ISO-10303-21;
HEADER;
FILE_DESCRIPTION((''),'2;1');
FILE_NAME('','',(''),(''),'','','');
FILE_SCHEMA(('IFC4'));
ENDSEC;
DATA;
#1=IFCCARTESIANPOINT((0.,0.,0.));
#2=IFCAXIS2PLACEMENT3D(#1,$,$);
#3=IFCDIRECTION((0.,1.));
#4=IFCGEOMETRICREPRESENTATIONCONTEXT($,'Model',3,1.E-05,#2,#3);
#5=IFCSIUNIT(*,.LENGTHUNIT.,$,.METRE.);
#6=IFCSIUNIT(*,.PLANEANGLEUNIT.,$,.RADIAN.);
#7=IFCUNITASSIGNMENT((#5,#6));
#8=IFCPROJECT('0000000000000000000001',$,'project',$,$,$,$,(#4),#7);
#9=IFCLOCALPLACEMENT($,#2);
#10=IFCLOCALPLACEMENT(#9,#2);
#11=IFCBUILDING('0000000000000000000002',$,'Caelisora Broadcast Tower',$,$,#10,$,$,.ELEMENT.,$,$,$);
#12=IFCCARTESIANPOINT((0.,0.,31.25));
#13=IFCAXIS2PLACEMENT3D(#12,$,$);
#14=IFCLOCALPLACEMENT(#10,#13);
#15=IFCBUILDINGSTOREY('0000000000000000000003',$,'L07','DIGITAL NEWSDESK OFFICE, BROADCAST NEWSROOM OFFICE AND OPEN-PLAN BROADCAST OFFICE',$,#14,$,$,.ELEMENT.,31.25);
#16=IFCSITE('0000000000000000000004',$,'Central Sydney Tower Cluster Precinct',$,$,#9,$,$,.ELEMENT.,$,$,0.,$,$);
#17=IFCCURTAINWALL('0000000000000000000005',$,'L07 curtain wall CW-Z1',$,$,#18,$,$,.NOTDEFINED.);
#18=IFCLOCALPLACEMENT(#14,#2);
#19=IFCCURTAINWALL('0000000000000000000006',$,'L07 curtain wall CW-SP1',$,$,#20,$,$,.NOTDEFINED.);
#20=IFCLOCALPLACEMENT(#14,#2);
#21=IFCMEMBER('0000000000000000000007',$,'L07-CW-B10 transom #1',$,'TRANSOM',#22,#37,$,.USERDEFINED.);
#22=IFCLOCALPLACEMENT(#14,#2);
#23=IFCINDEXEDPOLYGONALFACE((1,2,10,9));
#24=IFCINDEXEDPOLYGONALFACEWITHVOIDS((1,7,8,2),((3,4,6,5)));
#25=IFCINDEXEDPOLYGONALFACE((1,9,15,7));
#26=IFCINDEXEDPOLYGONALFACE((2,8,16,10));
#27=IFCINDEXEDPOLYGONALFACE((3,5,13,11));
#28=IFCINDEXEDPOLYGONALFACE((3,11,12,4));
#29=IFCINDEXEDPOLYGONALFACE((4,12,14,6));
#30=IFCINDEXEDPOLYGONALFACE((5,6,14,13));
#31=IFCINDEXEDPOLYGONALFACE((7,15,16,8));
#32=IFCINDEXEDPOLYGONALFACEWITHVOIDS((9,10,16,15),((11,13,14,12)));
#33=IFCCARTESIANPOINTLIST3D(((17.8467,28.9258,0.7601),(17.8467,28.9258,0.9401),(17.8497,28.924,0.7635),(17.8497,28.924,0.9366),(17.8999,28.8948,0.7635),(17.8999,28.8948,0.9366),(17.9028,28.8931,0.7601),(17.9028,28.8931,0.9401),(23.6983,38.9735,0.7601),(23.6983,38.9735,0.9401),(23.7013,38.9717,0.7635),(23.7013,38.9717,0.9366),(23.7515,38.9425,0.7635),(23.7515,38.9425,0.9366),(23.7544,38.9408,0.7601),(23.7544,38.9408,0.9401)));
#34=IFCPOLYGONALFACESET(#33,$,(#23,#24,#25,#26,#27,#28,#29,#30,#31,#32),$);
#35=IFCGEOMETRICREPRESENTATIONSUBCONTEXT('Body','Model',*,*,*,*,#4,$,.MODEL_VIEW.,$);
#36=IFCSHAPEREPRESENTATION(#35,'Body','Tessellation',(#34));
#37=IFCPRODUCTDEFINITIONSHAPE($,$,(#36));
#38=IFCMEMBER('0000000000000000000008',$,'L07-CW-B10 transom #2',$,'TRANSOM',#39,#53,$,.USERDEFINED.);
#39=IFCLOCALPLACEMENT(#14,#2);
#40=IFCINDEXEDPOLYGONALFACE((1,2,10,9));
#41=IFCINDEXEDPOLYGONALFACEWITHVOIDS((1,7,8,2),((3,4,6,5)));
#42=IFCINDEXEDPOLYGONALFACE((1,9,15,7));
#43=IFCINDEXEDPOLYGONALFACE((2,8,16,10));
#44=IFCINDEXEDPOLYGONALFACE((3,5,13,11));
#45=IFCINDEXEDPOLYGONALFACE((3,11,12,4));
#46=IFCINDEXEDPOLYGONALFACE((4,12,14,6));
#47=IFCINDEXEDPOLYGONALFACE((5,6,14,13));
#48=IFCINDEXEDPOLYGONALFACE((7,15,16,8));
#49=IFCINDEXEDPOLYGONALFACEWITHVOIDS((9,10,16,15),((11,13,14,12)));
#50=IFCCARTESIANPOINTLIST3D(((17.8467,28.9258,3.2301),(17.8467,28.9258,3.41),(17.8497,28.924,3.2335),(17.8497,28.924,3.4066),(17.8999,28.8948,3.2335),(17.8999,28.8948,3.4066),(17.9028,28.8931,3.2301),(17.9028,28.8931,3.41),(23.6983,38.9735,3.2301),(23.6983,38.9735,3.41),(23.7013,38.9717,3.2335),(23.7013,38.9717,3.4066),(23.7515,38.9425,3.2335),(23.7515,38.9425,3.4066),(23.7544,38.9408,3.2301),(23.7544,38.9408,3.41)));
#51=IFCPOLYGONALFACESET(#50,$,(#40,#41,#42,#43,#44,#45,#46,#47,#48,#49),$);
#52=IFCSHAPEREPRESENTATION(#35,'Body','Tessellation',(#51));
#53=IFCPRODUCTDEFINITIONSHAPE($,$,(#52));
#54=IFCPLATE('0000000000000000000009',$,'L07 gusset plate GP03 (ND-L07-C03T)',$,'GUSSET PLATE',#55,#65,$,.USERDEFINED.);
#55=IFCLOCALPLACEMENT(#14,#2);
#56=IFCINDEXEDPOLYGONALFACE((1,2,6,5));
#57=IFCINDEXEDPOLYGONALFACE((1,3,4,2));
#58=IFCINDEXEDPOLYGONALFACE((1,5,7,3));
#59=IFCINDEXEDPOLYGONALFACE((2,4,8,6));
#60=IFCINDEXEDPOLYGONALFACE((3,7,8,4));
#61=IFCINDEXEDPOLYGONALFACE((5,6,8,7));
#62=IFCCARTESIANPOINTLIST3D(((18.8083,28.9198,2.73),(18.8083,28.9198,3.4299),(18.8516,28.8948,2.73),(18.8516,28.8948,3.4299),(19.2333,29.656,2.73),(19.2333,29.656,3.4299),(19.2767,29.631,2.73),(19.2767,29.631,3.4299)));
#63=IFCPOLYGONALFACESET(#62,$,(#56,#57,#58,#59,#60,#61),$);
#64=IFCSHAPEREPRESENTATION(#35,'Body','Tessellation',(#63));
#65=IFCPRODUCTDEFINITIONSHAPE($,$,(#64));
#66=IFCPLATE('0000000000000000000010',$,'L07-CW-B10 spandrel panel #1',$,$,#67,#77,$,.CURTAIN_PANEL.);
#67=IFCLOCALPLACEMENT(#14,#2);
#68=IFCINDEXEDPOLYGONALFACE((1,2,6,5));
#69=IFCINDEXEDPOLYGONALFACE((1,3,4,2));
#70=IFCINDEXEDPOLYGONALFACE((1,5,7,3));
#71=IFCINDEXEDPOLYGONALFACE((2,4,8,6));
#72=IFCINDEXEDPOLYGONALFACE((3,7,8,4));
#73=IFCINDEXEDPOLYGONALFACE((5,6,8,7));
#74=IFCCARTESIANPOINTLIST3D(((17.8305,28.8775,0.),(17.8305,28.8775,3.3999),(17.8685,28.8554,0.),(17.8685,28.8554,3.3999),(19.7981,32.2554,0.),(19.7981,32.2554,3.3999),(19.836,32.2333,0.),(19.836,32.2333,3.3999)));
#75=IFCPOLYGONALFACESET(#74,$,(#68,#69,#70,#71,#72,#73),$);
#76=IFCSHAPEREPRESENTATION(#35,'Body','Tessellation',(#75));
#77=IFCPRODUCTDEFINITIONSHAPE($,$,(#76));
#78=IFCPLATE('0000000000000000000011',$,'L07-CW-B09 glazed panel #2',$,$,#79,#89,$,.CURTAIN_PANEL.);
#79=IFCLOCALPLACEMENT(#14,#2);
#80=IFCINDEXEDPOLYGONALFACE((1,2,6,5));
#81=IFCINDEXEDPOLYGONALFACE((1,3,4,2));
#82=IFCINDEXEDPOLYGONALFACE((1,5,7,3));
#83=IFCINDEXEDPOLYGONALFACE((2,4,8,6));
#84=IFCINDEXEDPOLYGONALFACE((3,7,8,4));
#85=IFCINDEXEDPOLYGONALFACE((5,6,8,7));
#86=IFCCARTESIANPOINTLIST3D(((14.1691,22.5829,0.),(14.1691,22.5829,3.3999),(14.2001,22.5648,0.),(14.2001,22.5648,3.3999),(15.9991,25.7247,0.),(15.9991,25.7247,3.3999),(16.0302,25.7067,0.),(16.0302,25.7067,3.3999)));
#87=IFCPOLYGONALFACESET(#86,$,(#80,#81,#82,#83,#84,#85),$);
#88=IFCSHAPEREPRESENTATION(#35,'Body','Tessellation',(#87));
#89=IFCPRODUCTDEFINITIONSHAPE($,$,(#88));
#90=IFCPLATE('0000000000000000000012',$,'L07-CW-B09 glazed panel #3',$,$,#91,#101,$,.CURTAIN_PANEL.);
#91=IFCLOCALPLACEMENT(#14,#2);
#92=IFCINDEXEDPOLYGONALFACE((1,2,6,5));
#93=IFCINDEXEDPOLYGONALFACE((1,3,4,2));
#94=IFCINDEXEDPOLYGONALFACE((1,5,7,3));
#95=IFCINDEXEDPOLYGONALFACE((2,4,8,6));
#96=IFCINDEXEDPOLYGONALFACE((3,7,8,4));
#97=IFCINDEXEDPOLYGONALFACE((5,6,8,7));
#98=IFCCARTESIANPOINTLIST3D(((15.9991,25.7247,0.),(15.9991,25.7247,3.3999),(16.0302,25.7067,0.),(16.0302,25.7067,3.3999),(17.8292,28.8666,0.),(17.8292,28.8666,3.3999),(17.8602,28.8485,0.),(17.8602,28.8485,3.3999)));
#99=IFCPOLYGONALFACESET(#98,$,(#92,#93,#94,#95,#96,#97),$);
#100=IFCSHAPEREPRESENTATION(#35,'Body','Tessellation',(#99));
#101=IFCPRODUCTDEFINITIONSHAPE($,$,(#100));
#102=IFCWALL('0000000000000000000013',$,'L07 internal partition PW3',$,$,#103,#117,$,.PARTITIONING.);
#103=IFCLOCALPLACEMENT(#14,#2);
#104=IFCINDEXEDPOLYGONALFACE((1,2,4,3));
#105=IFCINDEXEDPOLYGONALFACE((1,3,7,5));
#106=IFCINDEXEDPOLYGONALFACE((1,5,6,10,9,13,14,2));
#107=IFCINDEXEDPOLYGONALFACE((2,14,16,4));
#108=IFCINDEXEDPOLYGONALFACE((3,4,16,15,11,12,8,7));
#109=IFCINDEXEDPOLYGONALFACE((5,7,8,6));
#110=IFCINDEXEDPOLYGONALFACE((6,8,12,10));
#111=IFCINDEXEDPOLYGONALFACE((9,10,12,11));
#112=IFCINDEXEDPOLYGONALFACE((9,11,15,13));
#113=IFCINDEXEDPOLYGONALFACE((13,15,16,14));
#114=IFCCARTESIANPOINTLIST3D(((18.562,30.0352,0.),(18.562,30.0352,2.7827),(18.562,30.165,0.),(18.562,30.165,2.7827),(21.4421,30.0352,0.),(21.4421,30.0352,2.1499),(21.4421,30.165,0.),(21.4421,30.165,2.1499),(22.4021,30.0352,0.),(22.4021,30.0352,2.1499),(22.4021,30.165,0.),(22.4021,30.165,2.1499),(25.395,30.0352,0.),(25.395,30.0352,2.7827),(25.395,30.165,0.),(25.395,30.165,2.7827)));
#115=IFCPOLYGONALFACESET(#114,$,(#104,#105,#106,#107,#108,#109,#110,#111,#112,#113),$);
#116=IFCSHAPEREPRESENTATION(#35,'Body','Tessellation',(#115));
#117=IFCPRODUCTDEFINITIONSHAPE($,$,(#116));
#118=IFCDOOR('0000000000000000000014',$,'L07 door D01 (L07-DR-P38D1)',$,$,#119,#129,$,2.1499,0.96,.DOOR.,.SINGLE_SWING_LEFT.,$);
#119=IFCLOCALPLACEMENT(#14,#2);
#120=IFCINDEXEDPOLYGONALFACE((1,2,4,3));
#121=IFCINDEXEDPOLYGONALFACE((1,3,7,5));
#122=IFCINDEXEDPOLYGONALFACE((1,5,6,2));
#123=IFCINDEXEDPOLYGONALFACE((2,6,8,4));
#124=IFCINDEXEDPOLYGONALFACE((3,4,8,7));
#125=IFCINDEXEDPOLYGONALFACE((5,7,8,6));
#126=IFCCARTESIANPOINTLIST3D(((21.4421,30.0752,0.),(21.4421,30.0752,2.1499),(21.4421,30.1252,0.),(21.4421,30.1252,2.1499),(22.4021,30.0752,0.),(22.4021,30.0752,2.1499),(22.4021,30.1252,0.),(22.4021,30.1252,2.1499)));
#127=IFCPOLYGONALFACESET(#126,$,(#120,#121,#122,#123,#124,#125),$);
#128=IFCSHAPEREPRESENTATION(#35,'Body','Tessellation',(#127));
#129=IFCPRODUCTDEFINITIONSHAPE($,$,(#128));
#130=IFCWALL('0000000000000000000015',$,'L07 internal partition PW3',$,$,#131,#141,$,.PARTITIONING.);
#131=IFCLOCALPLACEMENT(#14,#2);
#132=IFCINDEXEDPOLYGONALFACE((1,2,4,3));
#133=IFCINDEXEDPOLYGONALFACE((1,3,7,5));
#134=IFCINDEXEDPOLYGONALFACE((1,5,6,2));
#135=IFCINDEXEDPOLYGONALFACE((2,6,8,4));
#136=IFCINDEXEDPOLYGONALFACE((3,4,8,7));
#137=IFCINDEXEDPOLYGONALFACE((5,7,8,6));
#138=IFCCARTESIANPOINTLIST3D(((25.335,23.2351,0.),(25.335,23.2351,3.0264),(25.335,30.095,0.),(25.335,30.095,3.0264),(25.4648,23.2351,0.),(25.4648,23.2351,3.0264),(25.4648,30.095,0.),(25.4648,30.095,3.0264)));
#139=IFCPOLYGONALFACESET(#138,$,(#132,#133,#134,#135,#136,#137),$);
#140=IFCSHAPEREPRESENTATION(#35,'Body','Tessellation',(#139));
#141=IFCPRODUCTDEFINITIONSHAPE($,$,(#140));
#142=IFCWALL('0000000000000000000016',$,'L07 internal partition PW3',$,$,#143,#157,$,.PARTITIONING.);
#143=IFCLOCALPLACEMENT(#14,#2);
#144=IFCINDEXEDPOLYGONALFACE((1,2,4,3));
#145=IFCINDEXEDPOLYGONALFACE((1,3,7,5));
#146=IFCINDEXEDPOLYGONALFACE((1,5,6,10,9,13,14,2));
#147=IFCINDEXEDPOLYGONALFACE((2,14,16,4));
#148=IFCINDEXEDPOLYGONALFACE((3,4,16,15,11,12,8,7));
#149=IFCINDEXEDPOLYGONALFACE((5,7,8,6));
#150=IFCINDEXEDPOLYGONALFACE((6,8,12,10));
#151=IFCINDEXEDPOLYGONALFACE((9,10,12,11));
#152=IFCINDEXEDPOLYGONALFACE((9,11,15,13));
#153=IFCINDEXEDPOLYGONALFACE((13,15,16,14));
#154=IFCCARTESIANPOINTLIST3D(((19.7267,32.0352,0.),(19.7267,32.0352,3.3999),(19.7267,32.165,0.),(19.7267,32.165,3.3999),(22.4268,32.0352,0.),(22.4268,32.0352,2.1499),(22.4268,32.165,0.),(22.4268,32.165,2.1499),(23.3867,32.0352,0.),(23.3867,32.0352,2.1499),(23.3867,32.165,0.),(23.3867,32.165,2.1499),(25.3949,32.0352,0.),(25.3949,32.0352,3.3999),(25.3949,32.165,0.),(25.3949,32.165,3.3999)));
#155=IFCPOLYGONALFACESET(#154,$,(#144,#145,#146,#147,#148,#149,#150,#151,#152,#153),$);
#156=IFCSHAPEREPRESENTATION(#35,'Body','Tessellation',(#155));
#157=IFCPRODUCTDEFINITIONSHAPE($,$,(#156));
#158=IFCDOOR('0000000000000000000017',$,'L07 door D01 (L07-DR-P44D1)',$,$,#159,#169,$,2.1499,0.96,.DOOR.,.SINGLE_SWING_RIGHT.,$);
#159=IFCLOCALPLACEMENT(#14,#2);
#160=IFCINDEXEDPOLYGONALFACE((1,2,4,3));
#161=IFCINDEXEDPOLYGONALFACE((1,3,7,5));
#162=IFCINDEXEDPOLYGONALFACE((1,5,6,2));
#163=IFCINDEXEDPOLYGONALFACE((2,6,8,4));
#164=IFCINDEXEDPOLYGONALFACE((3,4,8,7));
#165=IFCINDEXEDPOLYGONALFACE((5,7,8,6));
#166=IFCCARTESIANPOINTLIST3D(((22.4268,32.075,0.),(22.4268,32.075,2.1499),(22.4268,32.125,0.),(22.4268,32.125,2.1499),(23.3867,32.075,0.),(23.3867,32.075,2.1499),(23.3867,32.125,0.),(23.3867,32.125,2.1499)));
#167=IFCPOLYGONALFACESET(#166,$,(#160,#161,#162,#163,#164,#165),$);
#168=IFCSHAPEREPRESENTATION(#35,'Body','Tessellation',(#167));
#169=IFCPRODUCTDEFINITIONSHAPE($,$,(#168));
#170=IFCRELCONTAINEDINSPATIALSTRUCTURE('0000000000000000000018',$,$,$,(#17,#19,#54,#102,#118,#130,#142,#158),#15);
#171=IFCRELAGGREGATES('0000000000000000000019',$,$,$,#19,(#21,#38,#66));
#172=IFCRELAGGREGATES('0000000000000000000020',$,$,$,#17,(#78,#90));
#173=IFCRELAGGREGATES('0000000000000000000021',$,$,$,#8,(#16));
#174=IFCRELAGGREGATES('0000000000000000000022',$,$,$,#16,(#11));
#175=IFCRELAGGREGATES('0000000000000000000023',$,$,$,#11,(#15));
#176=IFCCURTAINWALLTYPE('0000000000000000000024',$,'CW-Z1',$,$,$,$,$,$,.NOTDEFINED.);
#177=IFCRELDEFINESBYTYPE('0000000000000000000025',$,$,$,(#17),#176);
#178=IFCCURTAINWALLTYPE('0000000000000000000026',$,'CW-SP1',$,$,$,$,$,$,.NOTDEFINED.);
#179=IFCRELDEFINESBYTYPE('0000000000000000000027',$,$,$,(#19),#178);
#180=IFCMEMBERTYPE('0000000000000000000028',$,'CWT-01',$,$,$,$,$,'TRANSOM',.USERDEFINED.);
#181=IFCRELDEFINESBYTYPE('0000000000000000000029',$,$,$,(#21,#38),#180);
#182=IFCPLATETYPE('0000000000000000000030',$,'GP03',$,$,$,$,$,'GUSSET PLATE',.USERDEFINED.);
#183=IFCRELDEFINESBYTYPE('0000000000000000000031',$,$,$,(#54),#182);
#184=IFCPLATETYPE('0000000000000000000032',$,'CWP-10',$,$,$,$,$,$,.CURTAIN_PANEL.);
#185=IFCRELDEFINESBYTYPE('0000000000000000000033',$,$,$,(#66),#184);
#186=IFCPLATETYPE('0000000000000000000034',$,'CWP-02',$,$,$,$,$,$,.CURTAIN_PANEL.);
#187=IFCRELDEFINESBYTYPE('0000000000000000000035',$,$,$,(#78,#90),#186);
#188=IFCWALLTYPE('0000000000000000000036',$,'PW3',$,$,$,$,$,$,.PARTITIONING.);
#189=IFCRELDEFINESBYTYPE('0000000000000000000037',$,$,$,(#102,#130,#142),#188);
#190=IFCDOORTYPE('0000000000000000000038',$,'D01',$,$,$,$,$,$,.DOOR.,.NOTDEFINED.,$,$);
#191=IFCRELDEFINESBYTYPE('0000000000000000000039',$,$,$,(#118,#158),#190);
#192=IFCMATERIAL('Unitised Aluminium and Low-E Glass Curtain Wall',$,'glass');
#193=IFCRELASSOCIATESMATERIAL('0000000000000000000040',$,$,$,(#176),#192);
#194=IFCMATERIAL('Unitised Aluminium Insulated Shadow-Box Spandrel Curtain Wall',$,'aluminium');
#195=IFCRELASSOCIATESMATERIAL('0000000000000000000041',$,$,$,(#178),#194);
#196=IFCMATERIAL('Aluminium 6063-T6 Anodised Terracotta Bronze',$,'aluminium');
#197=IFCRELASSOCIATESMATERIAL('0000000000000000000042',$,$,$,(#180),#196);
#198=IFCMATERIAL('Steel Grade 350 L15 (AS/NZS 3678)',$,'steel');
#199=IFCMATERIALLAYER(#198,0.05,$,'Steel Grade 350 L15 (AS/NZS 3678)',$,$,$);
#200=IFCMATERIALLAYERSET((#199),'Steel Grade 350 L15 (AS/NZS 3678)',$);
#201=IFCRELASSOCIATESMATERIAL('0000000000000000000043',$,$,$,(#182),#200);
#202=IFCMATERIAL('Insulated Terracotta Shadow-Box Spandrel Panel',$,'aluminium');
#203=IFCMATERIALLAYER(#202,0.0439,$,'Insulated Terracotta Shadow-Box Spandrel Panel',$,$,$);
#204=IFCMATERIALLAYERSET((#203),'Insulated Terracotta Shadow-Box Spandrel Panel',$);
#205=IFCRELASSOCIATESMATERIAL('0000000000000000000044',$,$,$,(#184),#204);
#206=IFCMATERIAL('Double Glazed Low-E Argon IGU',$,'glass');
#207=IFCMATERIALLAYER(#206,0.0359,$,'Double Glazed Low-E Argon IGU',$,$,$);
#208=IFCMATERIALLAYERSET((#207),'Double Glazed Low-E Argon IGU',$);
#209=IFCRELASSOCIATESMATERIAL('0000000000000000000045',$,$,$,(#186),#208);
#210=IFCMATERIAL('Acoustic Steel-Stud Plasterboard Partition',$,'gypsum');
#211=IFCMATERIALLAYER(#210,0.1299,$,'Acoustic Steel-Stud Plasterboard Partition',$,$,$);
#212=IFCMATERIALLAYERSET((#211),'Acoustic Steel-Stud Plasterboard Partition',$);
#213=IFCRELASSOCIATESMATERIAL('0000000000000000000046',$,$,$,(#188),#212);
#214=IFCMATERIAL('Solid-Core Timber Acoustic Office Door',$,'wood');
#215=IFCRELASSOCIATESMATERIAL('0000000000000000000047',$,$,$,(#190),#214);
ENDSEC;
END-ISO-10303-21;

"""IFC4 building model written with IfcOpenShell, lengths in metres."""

from ifc_helpers import new_model, si_unit, direction, frame, frame_2d, origin, origin_2d, place, context, subcontext, project, spatial, rectangle, hollow_rectangle, extrude, source, transform, mapped, material, layer, layer_set, material_profile, profile_set, type_object, type_shapes, element, fill, aggregate, save


model = new_model("IFC4")

# Units and contexts
model_context = context("Model", 3, precision=1e-05, world=origin(), true_north=direction((0.0, 1.0)))
body_context = subcontext(model_context, "Body", "Model", "MODEL_VIEW")
ifc_project = project(units=[si_unit("LENGTHUNIT", "METRE"), si_unit("PLANEANGLEUNIT", "RADIAN")], contexts=[model_context])

# Site, building, storey
site_placement = place(None, origin())
site = spatial("IfcSite", under=ifc_project, at=site_placement, Name="Central Sydney Tower Cluster Precinct", CompositionType="ELEMENT", RefElevation=0.0)
building_placement = place(site_placement, origin())
building = spatial("IfcBuilding", under=site, at=building_placement, Name="Caelisora Broadcast Tower", CompositionType="ELEMENT")
storey_placement = place(building_placement, frame((0.0, 0.0, 31.25)))
storey = spatial("IfcBuildingStorey", under=building, at=storey_placement, Name="L07", Description="DIGITAL NEWSDESK OFFICE, BROADCAST NEWSROOM OFFICE AND OPEN-PLAN BROADCAST OFFICE", CompositionType="ELEMENT", Elevation=31.25)

# Shared definitions
ifc_material_1 = material(Name="Steel Grade 350 L15 (AS/NZS 3678)", Category="steel")

# Curtain walls, members
ifc_material_2 = material(Name="Unitised Aluminium and Low-E Glass Curtain Wall", Category="glass")
curtain_wall_type_1 = type_object("IfcCurtainWallType", Name="CW-Z1", PredefinedType="NOTDEFINED", material=ifc_material_2)
curtain_wall_1_placement = place(storey_placement, origin())
curtain_wall_1 = element("IfcCurtainWall", 1, at=curtain_wall_1_placement, inside=storey, type_object=curtain_wall_type_1, Name="L07 curtain wall CW-Z1", PredefinedType="NOTDEFINED")
ifc_material_3 = material(Name="Aluminium 6063-T6 Anodised Terracotta Bronze", Category="aluminium")
ifc_material_4 = material(Name="Unitised Aluminium Insulated Shadow-Box Spandrel Curtain Wall", Category="aluminium")
curtain_wall_type_2 = type_object("IfcCurtainWallType", Name="CW-SP1", PredefinedType="NOTDEFINED", material=ifc_material_4)
curtain_wall_2_placement = place(storey_placement, origin())
curtain_wall_2 = element("IfcCurtainWall", 2, at=curtain_wall_2_placement, inside=storey, type_object=curtain_wall_type_2, Name="L07 curtain wall CW-SP1", PredefinedType="NOTDEFINED")
ifc_material_profile_1 = material_profile(ifc_material_3, hollow_rectangle(XDim=0.0649, YDim=0.1799, WallThickness=0.0034, at=origin_2d()), Name="Aluminium 6063-T6 Anodised Terracotta Bronze")
ifc_profile_set_1 = profile_set([ifc_material_profile_1], Name="Aluminium 6063-T6 Anodised Terracotta Bronze")
member_type_1 = type_object("IfcMemberType", Name="CWT-01", ElementType="TRANSOM", PredefinedType="USERDEFINED", material=ifc_profile_set_1)
shared_shape_1 = source(origin(), body_context, "Body", "SweptSolid", [
    extrude(hollow_rectangle(XDim=0.0649, YDim=0.1799, WallThickness=0.0034, at=origin_2d()), origin(), (0.0, 0.0, 1.0), 11.6274),
])
type_shapes(member_type_1, [shared_shape_1])
member_1_placement = place(storey_placement, frame((17.8748, 28.9094, 0.8501), z_axis=(0.503259, 0.864136, 0.0), x_axis=(-0.864136, 0.503259, 0.0)))
member_1 = element("IfcMember", 3, at=member_1_placement, type_object=member_type_1, Name="L07-CW-B10 transom #1", ObjectType="TRANSOM", PredefinedType="USERDEFINED", context=body_context, shape_type="MappedRepresentation", body=[
    mapped(shared_shape_1, transform((0.0, 0.0, 0.0), scale=1.0)),
])
member_2_placement = place(storey_placement, frame((17.8748, 28.9094, 3.3201), z_axis=(0.503259, 0.864136, 0.0), x_axis=(-0.864136, 0.503259, 0.0)))
member_2 = element("IfcMember", 4, at=member_2_placement, type_object=member_type_1, Name="L07-CW-B10 transom #2", ObjectType="TRANSOM", PredefinedType="USERDEFINED", context=body_context, shape_type="MappedRepresentation", body=[
    mapped(shared_shape_1, transform((0.0, 0.0, 0.0), scale=1.0)),
])

# Plates
ifc_layer_1 = layer(ifc_material_1, 0.05, Name="Steel Grade 350 L15 (AS/NZS 3678)")
ifc_layer_set_1 = layer_set([ifc_layer_1], Name="Steel Grade 350 L15 (AS/NZS 3678)")
plate_type_1 = type_object("IfcPlateType", Name="GP03", ElementType="GUSSET PLATE", PredefinedType="USERDEFINED", material=ifc_layer_set_1)
shared_shape_2 = source(origin(), body_context, "Body", "SweptSolid", [
    extrude(rectangle(XDim=0.8501, YDim=0.05, at=origin_2d()), origin(), (0.0, 0.0, 1.0), 0.7),
])
type_shapes(plate_type_1, [shared_shape_2])
plate_1_placement = place(storey_placement, frame((19.0425, 29.2754, 2.73), z_axis=(0.0, 0.0, 1.0), x_axis=(-0.5, -0.866025, 0.0)))
element("IfcPlate", 5, at=plate_1_placement, inside=storey, type_object=plate_type_1, Name="L07 gusset plate GP03 (ND-L07-C03T)", ObjectType="GUSSET PLATE", PredefinedType="USERDEFINED", context=body_context, shape_type="MappedRepresentation", body=[
    mapped(shared_shape_2, transform((0.0, 0.0, 0.0), scale=1.0)),
])
ifc_material_5 = material(Name="Insulated Terracotta Shadow-Box Spandrel Panel", Category="aluminium")
ifc_layer_2 = layer(ifc_material_5, 0.0439, Name="Insulated Terracotta Shadow-Box Spandrel Panel")
ifc_layer_set_2 = layer_set([ifc_layer_2], Name="Insulated Terracotta Shadow-Box Spandrel Panel")
plate_type_2 = type_object("IfcPlateType", Name="CWP-10", PredefinedType="CURTAIN_PANEL", material=ifc_layer_set_2)
shared_shape_3 = source(origin(), body_context, "Body", "SweptSolid", [
    extrude(rectangle(XDim=3.9092, YDim=0.0439, at=origin_2d()), origin(), (0.0, 0.0, 1.0), 3.3999),
])
type_shapes(plate_type_2, [shared_shape_3])
plate_2_placement = place(storey_placement, frame((18.8333, 30.5554, 0.0), z_axis=(0.0, 0.0, 1.0), x_axis=(0.503322, 0.864099, 0.0)))
plate_2 = element("IfcPlate", 6, at=plate_2_placement, type_object=plate_type_2, Name="L07-CW-B10 spandrel panel #1", PredefinedType="CURTAIN_PANEL", context=body_context, shape_type="MappedRepresentation", body=[
    mapped(shared_shape_3, transform((0.0, 0.0, 0.0), scale=1.0)),
])
aggregate(curtain_wall_2, [member_1, member_2, plate_2])
ifc_material_6 = material(Name="Double Glazed Low-E Argon IGU", Category="glass")
ifc_layer_3 = layer(ifc_material_6, 0.0359, Name="Double Glazed Low-E Argon IGU")
ifc_layer_set_3 = layer_set([ifc_layer_3], Name="Double Glazed Low-E Argon IGU")
plate_type_3 = type_object("IfcPlateType", Name="CWP-02", PredefinedType="CURTAIN_PANEL", material=ifc_layer_set_3)
shared_shape_4 = source(origin(), body_context, "Body", "SweptSolid", [
    extrude(rectangle(XDim=3.636, YDim=0.0359, at=origin_2d()), origin(), (0.0, 0.0, 1.0), 3.3999),
])
type_shapes(plate_type_3, [shared_shape_4])
plate_3_placement = place(storey_placement, frame((15.0996, 24.1448, 0.0), z_axis=(0.0, 0.0, 1.0), x_axis=(0.503322, 0.864099, 0.0)))
plate_3 = element("IfcPlate", 7, at=plate_3_placement, type_object=plate_type_3, Name="L07-CW-B09 glazed panel #2", PredefinedType="CURTAIN_PANEL", context=body_context, shape_type="MappedRepresentation", body=[
    mapped(shared_shape_4, transform((0.0, 0.0, 0.0), scale=1.0)),
])
plate_4_placement = place(storey_placement, frame((16.9297, 27.2866, 0.0), z_axis=(0.0, 0.0, 1.0), x_axis=(0.503322, 0.864099, 0.0)))
plate_4 = element("IfcPlate", 8, at=plate_4_placement, type_object=plate_type_3, Name="L07-CW-B09 glazed panel #3", PredefinedType="CURTAIN_PANEL", context=body_context, shape_type="MappedRepresentation", body=[
    mapped(shared_shape_4, transform((0.0, 0.0, 0.0), scale=1.0)),
])
aggregate(curtain_wall_1, [plate_3, plate_4])

# Wall, opening, door
ifc_material_7 = material(Name="Acoustic Steel-Stud Plasterboard Partition", Category="gypsum")
ifc_layer_4 = layer(ifc_material_7, 0.1299, Name="Acoustic Steel-Stud Plasterboard Partition")
ifc_layer_set_4 = layer_set([ifc_layer_4], Name="Acoustic Steel-Stud Plasterboard Partition")
wall_type = type_object("IfcWallType", Name="PW3", PredefinedType="PARTITIONING", material=ifc_layer_set_4)
wall_1_placement = place(storey_placement, frame((25.395, 30.1001, 0.0), z_axis=(0.0, 0.0, 1.0), x_axis=(-1.0, 0.0, 0.0)))
wall_1 = element("IfcWall", 9, at=wall_1_placement, inside=storey, type_object=wall_type, Name="L07 internal partition PW3", PredefinedType="PARTITIONING", context=body_context, shape_type="SweptSolid", body=[
    extrude(rectangle(XDim=6.833, YDim=0.1299, at=frame_2d((3.4165, 0.0))), origin(), (0.0, 0.0, 1.0), 2.7827),
])
opening_1_placement = place(wall_1_placement, frame((2.9929, 0.0, 0.0)))
opening_1 = element("IfcOpeningElement", 10, at=opening_1_placement, cuts=wall_1, PredefinedType="OPENING", context=body_context, shape_type="SweptSolid", body=[
    extrude(rectangle(XDim=0.96, YDim=2.1499, at=frame_2d((0.48, 1.075))), frame((0.0, 0.0769, 0.0), z_axis=(0.0, -1.0, 0.0), x_axis=(1.0, 0.0, 0.0)), (0.0, 0.0, 1.0), 0.1538),
])
ifc_material_8 = material(Name="Solid-Core Timber Acoustic Office Door", Category="wood")
door_type = type_object("IfcDoorType", Name="D01", OperationType="NOTDEFINED", PredefinedType="DOOR", material=ifc_material_8)
door_1_placement = place(opening_1_placement, origin())
door_1 = element("IfcDoor", 11, at=door_1_placement, inside=storey, type_object=door_type, Name="L07 door D01 (L07-DR-P38D1)", OperationType="SINGLE_SWING_LEFT", OverallHeight=2.1499, OverallWidth=0.96, PredefinedType="DOOR", context=body_context, shape_type="SweptSolid", body=[
    extrude(rectangle(XDim=0.96, YDim=2.1499, at=frame_2d((0.48, 1.075))), frame((0.0, 0.0249, 0.0), z_axis=(0.0, -1.0, 0.0), x_axis=(1.0, 0.0, 0.0)), (0.0, 0.0, 1.0), 0.05),
])
fill(opening_1, door_1)

# Wall
wall_2_placement = place(storey_placement, frame((25.3999, 23.2351, 0.0), z_axis=(0.0, 0.0, 1.0), x_axis=(0.0, 1.0, 0.0)))
element("IfcWall", 12, at=wall_2_placement, inside=storey, type_object=wall_type, Name="L07 internal partition PW3", PredefinedType="PARTITIONING", context=body_context, shape_type="SweptSolid", body=[
    extrude(rectangle(XDim=6.8599, YDim=0.1299, at=frame_2d((3.4299, 0.0))), origin(), (0.0, 0.0, 1.0), 3.0264),
])

# Wall, opening, door
wall_3_placement = place(storey_placement, frame((19.7268, 32.1001, 0.0), z_axis=(0.0, 0.0, 1.0), x_axis=(1.0, 0.0, 0.0)))
wall_3 = element("IfcWall", 13, at=wall_3_placement, inside=storey, type_object=wall_type, Name="L07 internal partition PW3", PredefinedType="PARTITIONING", context=body_context, shape_type="SweptSolid", body=[
    extrude(rectangle(XDim=5.6682, YDim=0.1299, at=frame_2d((2.834, 0.0))), origin(), (0.0, 0.0, 1.0), 3.3999),
])
opening_2_placement = place(wall_3_placement, frame((2.7, 0.0, 0.0)))
opening_2 = element("IfcOpeningElement", 14, at=opening_2_placement, cuts=wall_3, PredefinedType="OPENING", context=body_context, shape_type="SweptSolid", body=[
    extrude(rectangle(XDim=0.96, YDim=2.1499, at=frame_2d((0.48, 1.075))), frame((0.0, 0.0769, 0.0), z_axis=(0.0, -1.0, 0.0), x_axis=(1.0, 0.0, 0.0)), (0.0, 0.0, 1.0), 0.1538),
])
door_2_placement = place(opening_2_placement, origin())
door_2 = element("IfcDoor", 15, at=door_2_placement, inside=storey, type_object=door_type, Name="L07 door D01 (L07-DR-P44D1)", OperationType="SINGLE_SWING_RIGHT", OverallHeight=2.1499, OverallWidth=0.96, PredefinedType="DOOR", context=body_context, shape_type="SweptSolid", body=[
    extrude(rectangle(XDim=0.96, YDim=2.1499, at=frame_2d((0.48, 1.075))), frame((0.0, 0.0249, 0.0), z_axis=(0.0, -1.0, 0.0), x_axis=(1.0, 0.0, 0.0)), (0.0, 0.0, 1.0), 0.05),
])
fill(opening_2, door_2)

save(model, "model.ifc")
